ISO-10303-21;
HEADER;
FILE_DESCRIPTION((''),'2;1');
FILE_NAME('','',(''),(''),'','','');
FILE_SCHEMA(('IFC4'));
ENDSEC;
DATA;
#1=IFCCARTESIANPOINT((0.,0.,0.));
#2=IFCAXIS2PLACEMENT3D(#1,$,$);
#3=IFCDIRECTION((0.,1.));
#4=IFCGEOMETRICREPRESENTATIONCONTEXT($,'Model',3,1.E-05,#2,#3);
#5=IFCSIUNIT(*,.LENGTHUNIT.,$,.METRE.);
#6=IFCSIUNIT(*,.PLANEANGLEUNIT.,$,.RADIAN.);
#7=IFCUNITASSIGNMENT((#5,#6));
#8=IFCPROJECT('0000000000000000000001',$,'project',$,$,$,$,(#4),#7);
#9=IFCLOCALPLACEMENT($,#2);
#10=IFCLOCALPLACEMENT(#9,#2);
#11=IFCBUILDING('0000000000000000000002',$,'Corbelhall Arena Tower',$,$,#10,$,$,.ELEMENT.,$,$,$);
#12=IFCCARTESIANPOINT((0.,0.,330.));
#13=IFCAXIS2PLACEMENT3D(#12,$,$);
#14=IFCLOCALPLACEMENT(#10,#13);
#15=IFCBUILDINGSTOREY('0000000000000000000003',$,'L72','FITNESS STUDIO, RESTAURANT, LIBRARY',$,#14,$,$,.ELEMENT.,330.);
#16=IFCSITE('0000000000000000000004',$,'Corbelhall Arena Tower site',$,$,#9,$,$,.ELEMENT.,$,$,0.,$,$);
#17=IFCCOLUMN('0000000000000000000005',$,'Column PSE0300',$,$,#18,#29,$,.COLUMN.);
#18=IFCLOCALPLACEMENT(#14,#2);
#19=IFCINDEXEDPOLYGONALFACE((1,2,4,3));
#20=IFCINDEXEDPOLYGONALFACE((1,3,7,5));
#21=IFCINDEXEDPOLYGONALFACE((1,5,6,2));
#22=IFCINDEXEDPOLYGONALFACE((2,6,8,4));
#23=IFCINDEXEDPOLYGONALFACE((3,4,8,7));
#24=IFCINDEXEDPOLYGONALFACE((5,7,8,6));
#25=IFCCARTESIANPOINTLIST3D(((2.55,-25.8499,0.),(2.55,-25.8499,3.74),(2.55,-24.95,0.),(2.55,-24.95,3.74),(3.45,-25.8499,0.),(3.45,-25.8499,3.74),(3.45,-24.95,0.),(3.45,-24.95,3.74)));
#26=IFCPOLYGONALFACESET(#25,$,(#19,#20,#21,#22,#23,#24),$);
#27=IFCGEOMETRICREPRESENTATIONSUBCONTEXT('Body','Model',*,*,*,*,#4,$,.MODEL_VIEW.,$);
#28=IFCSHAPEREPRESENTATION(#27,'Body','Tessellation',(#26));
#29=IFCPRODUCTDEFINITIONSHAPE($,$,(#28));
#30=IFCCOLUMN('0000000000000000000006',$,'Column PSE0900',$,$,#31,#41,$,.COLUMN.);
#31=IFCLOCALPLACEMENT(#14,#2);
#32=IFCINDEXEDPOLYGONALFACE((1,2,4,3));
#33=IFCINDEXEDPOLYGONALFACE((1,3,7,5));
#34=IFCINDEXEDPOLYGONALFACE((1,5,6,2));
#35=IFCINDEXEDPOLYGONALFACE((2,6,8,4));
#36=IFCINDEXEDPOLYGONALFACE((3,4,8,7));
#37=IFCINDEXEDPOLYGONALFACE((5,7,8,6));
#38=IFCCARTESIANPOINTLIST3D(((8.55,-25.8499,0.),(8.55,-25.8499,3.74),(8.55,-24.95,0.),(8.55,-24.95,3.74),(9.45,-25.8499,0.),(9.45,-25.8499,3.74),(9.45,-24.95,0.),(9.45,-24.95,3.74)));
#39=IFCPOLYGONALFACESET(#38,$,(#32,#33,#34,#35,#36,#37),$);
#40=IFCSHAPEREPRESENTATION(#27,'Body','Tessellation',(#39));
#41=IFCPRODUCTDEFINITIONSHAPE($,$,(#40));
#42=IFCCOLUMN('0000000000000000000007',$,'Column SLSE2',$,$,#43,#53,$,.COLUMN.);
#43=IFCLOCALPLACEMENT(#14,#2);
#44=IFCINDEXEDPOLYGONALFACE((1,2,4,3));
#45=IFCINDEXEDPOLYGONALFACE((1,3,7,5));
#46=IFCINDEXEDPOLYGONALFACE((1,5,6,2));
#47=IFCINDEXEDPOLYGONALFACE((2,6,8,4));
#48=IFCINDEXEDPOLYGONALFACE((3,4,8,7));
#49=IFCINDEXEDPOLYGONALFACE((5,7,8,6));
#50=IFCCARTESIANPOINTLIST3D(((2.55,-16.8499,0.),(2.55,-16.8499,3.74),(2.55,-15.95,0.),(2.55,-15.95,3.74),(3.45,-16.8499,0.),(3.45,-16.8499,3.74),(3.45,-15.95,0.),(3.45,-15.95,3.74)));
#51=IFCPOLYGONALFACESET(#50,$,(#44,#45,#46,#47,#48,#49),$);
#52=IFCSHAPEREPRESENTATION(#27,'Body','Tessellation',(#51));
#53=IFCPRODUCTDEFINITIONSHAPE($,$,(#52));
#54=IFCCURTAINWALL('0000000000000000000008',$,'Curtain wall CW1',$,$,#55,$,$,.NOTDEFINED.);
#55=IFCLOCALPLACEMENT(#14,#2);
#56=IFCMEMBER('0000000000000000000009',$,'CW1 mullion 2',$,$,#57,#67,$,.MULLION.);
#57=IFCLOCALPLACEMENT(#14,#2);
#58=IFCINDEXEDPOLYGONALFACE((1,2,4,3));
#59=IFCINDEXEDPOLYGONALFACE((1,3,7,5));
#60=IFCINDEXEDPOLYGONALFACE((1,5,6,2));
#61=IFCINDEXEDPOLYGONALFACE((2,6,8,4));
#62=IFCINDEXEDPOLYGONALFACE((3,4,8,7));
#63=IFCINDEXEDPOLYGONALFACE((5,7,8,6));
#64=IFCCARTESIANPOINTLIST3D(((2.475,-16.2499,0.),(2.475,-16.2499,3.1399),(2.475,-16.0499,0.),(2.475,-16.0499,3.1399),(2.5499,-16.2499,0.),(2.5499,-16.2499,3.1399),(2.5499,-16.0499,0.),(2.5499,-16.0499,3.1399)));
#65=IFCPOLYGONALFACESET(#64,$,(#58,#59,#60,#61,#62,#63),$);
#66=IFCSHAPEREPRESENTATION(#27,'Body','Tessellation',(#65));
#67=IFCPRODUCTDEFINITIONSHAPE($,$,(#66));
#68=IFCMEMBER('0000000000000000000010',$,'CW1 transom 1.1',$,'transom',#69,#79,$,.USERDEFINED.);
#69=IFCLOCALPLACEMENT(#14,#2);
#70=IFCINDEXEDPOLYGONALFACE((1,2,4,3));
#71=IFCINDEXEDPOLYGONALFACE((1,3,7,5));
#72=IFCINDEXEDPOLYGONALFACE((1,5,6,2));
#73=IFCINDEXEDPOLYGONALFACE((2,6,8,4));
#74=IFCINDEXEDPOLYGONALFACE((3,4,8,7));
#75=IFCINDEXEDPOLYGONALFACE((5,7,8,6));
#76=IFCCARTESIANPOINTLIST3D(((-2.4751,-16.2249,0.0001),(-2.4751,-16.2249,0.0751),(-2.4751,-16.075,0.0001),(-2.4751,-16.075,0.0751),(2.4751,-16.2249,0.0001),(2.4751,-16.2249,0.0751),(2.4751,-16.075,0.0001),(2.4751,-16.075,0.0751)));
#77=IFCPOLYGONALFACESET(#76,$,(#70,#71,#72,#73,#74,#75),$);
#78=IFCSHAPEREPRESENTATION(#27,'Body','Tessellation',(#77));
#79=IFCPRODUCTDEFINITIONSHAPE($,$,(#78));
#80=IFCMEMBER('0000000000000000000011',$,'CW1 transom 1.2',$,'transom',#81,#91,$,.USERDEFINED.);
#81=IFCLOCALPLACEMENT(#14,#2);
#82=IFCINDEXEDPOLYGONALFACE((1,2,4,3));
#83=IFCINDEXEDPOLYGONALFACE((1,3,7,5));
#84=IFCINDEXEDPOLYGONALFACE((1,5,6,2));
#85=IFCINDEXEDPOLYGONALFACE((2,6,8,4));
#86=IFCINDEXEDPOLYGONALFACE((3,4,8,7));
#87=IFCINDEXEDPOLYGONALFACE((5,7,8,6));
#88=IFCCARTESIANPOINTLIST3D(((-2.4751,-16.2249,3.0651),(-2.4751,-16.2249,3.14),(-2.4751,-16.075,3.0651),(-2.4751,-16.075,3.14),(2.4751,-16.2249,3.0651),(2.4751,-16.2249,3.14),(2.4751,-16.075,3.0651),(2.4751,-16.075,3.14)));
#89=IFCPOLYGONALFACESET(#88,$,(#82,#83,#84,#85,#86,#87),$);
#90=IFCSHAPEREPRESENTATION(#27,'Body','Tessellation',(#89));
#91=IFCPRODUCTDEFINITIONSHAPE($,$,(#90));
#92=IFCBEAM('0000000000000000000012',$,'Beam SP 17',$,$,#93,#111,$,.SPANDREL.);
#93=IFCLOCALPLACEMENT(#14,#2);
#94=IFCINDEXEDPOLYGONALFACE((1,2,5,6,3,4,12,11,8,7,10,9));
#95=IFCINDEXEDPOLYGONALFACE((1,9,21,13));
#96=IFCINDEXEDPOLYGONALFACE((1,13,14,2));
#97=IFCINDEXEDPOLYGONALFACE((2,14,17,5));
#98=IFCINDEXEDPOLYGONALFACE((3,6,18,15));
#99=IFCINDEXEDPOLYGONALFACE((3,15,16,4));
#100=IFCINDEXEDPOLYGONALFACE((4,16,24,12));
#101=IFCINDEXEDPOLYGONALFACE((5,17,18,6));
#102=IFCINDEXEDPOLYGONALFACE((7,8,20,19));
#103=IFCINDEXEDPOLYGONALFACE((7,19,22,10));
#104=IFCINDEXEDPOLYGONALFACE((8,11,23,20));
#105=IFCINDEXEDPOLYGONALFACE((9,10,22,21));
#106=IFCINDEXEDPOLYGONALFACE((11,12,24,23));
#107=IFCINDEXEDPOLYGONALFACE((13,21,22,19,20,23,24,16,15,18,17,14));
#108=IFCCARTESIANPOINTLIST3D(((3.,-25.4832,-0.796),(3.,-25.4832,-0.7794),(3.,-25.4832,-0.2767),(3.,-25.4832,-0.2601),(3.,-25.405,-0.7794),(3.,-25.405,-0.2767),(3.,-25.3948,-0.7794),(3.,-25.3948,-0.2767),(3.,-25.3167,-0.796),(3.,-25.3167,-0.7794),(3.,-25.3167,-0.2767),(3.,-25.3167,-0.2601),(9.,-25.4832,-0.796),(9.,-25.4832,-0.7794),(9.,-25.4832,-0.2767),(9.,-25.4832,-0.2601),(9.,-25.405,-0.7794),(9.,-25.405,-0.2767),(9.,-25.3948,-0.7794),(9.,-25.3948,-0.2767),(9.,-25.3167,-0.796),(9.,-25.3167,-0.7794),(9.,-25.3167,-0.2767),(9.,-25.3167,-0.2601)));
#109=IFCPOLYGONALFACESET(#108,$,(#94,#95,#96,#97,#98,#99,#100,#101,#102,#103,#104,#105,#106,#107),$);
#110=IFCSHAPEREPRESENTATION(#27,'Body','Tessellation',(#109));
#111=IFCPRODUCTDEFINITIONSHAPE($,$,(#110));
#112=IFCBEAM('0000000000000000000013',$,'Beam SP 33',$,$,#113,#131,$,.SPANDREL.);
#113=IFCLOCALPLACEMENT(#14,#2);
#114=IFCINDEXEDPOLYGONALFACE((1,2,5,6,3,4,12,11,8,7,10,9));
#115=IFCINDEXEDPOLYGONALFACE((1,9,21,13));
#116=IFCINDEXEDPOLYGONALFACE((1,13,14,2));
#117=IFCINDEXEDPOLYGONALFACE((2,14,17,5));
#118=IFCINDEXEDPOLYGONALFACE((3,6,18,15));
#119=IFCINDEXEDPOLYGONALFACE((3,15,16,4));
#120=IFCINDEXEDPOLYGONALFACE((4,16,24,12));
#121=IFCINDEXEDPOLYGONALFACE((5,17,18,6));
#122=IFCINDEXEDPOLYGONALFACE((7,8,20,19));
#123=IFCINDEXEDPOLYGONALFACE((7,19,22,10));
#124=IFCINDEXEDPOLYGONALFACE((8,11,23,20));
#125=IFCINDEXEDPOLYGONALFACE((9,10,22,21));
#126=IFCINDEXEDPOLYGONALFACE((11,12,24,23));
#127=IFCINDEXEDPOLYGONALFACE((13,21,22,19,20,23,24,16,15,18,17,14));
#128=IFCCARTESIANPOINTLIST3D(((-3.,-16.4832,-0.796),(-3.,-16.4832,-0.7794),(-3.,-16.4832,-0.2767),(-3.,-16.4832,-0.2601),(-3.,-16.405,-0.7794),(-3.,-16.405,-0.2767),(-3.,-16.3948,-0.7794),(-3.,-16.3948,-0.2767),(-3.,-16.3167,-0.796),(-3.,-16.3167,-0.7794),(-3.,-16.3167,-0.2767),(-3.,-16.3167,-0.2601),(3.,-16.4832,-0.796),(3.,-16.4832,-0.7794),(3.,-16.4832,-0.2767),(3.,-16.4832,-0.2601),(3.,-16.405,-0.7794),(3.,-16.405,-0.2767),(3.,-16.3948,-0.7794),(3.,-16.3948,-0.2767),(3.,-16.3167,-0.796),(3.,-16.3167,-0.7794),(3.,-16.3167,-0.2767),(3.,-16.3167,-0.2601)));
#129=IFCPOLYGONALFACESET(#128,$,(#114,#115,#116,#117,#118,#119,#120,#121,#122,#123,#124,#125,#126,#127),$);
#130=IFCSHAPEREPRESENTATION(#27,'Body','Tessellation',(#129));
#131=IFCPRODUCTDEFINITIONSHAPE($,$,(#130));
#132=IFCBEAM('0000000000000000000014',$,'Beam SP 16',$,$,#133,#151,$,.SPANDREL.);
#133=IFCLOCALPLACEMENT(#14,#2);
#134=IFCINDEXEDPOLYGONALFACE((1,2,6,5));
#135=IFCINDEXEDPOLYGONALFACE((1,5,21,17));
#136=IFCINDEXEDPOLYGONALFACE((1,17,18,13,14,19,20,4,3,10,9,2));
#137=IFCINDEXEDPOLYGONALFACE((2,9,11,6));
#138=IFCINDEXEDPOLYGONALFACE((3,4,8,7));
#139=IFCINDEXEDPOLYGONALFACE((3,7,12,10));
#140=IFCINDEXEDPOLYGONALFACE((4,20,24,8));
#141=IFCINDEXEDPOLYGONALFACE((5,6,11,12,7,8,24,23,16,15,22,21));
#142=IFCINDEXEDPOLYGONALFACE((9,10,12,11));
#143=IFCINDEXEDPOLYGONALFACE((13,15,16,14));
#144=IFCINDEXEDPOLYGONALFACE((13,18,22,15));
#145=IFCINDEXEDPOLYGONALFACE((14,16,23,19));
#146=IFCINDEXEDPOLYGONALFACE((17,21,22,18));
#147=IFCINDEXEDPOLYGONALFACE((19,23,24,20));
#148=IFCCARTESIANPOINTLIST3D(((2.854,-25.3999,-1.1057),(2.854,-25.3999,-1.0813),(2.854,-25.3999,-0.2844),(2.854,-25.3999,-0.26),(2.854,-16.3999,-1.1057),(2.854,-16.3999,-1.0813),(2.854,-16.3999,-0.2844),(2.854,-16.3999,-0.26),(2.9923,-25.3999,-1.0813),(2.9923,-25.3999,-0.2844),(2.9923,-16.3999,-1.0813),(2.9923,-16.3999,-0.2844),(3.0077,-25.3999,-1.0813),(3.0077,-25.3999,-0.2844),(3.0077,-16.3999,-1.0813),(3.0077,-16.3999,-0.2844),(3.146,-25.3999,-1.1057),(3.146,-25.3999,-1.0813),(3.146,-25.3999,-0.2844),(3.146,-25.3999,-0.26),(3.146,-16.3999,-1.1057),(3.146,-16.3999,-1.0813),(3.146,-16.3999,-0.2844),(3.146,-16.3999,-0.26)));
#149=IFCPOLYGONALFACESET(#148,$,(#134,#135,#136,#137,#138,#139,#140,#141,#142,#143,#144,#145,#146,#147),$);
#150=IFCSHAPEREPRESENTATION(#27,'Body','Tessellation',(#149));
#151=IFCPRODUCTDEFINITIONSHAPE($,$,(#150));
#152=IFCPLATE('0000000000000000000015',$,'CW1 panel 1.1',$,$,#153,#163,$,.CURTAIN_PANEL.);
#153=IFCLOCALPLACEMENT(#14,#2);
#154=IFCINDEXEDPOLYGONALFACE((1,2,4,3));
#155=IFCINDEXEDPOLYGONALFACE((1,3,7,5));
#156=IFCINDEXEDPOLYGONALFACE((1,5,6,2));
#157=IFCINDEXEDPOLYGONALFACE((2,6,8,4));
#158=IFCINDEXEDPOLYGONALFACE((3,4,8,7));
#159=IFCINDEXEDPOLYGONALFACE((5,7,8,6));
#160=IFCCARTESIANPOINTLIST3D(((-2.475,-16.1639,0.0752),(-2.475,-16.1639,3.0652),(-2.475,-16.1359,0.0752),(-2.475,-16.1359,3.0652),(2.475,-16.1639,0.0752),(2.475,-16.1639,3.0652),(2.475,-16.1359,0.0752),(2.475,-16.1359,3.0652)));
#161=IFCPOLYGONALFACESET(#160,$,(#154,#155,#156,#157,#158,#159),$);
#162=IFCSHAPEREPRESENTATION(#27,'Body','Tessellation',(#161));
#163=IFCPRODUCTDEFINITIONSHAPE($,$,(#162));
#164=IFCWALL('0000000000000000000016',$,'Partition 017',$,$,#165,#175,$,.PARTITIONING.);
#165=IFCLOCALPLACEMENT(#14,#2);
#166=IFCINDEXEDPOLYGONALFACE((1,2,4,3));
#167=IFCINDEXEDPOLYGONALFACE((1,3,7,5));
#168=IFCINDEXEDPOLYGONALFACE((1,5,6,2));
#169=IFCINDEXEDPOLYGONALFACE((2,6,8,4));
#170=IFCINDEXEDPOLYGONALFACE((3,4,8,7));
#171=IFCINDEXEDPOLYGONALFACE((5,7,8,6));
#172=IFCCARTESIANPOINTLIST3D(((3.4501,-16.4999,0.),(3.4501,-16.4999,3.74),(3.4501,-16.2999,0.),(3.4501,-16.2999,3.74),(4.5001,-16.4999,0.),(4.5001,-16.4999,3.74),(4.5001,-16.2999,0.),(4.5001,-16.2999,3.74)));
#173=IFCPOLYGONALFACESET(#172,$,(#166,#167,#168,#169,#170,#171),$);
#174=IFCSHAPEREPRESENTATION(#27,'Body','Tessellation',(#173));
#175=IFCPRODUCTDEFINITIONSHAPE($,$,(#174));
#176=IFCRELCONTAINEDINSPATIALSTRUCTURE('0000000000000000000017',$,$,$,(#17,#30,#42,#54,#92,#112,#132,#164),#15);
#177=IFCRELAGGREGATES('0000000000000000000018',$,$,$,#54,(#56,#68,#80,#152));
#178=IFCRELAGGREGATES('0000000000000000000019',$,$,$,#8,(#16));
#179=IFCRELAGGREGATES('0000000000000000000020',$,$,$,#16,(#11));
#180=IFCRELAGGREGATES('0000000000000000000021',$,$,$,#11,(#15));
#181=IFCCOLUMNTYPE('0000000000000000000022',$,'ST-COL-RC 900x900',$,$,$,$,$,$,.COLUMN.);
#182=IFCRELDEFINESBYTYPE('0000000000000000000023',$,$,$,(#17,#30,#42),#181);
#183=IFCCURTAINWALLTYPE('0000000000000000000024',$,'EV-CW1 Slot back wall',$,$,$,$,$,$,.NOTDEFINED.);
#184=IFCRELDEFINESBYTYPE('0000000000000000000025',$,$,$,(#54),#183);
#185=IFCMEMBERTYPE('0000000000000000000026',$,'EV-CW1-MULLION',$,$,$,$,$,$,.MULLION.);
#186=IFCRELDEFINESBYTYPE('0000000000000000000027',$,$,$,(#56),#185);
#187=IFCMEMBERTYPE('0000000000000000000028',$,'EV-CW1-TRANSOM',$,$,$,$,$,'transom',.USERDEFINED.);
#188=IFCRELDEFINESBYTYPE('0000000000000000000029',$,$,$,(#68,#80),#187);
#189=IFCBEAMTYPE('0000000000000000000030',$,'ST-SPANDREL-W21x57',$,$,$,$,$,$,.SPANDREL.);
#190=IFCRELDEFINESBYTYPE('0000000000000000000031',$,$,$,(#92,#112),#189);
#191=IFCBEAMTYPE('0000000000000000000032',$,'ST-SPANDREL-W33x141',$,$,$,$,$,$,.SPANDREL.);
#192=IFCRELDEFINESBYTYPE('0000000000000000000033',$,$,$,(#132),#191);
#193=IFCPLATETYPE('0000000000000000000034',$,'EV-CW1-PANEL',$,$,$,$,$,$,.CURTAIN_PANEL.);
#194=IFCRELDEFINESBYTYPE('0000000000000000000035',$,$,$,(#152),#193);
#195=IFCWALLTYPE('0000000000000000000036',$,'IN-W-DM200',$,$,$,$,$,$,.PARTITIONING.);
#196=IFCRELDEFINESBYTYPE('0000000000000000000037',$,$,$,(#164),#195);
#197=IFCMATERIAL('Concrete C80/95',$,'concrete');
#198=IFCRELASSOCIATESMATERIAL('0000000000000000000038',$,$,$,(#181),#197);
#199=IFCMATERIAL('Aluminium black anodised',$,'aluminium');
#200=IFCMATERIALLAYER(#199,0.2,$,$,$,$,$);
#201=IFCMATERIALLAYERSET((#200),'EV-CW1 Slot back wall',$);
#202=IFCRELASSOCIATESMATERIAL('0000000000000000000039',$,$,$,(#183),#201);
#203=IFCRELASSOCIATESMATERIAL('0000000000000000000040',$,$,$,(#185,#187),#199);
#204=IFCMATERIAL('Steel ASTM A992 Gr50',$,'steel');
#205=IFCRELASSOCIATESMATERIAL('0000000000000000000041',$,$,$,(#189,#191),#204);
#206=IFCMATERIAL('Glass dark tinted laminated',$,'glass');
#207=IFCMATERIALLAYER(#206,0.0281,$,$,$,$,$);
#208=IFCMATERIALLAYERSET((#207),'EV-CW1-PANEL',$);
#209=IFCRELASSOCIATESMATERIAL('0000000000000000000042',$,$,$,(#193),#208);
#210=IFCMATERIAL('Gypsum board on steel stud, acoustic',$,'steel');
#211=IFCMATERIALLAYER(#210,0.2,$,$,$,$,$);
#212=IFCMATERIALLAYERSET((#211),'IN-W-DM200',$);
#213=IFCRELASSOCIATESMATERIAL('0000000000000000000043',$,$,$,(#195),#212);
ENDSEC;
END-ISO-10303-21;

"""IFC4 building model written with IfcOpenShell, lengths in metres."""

from ifc_helpers import new_model, si_unit, direction, frame, frame_2d, origin, origin_2d, place, context, subcontext, project, spatial, rectangle, i_section, extrude, material, layer, layer_set, material_profile, profile_set, type_object, element, aggregate, save


model = new_model("IFC4")

# Units and contexts
model_context = context("Model", 3, precision=1e-05, world=origin(), true_north=direction((0.0, 1.0)))
body_context = subcontext(model_context, "Body", "Model", "MODEL_VIEW")
ifc_project = project(units=[si_unit("LENGTHUNIT", "METRE"), si_unit("PLANEANGLEUNIT", "RADIAN")], contexts=[model_context])

# Site, building, storey
site_placement = place(None, origin())
site = spatial("IfcSite", under=ifc_project, at=site_placement, Name="Corbelhall Arena Tower site", CompositionType="ELEMENT", RefElevation=0.0)
building_placement = place(site_placement, origin())
building = spatial("IfcBuilding", under=site, at=building_placement, Name="Corbelhall Arena Tower", CompositionType="ELEMENT")
storey_placement = place(building_placement, frame((0.0, 0.0, 330.0)))
storey = spatial("IfcBuildingStorey", under=building, at=storey_placement, Name="L72", Description="FITNESS STUDIO, RESTAURANT, LIBRARY", CompositionType="ELEMENT", Elevation=330.0)

# Columns
ifc_material_1 = material(Name="Concrete C80/95", Category="concrete")
ifc_material_profile_1 = material_profile(ifc_material_1, rectangle(XDim=0.8999, YDim=0.8999, at=origin_2d()))
ifc_profile_set_1 = profile_set([ifc_material_profile_1], Name="Concrete C80/95")
column_type = type_object("IfcColumnType", Name="ST-COL-RC 900x900", PredefinedType="COLUMN", material=ifc_profile_set_1)
for number, where, z_axis, x_axis, name in (
    (1, (3.0, -25.3999, 0.0), (0.0, 0.0, 1.0), (1.0, 0.0, 0.0), "Column PSE0300"),
    (2, (9.0, -25.3999, 0.0), (0.0, 0.0, 1.0), (1.0, 0.0, 0.0), "Column PSE0900"),
    (3, (3.0, -16.3999, 0.0), (0.0, 0.0, 1.0), (1.0, 0.0, 0.0), "Column SLSE2"),
):
    element("IfcColumn", number, at=place(storey_placement, frame(where, z_axis=z_axis, x_axis=x_axis)), inside=storey, type_object=column_type, Name=name, PredefinedType="COLUMN", context=body_context, shape_type="SweptSolid", body=[
        extrude(rectangle(XDim=0.8999, YDim=0.8999, at=origin_2d()), origin(), (0.0, 0.0, 1.0), 3.74),
    ])

# Curtain wall, members
ifc_material_2 = material(Name="Aluminium black anodised", Category="aluminium")
ifc_layer_1 = layer(ifc_material_2, 0.2)
ifc_layer_set_1 = layer_set([ifc_layer_1], Name="EV-CW1 Slot back wall")
curtain_wall_type = type_object("IfcCurtainWallType", Name="EV-CW1 Slot back wall", PredefinedType="NOTDEFINED", material=ifc_layer_set_1)
curtain_wall_placement = place(storey_placement, origin())
curtain_wall = element("IfcCurtainWall", 4, at=curtain_wall_placement, inside=storey, type_object=curtain_wall_type, Name="Curtain wall CW1", PredefinedType="NOTDEFINED")
ifc_material_profile_2 = material_profile(ifc_material_2, rectangle(XDim=0.2, YDim=0.075, at=origin_2d()))
ifc_profile_set_2 = profile_set([ifc_material_profile_2], Name="Aluminium black anodised")
member_type_1 = type_object("IfcMemberType", Name="EV-CW1-MULLION", PredefinedType="MULLION", material=ifc_profile_set_2)
member_1_placement = place(storey_placement, frame((2.5125, -16.1499, 0.0), z_axis=(0.0, 0.0, 1.0), x_axis=(0.0, 1.0, 0.0)))
member_1 = element("IfcMember", 5, at=member_1_placement, type_object=member_type_1, Name="CW1 mullion 2", PredefinedType="MULLION", context=body_context, shape_type="SweptSolid", body=[
    extrude(rectangle(XDim=0.2, YDim=0.075, at=origin_2d()), origin(), (0.0, 0.0, 1.0), 3.1399),
])
ifc_material_profile_3 = material_profile(ifc_material_2, rectangle(XDim=0.1499, YDim=0.075, at=origin_2d()))
ifc_profile_set_3 = profile_set([ifc_material_profile_3], Name="Aluminium black anodised")
member_type_2 = type_object("IfcMemberType", Name="EV-CW1-TRANSOM", ElementType="transom", PredefinedType="USERDEFINED", material=ifc_profile_set_3)
member_2_placement = place(storey_placement, frame((-2.4751, -16.1499, 0.0376), z_axis=(1.0, 0.0, 0.0), x_axis=(0.0, 1.0, 0.0)))
member_2 = element("IfcMember", 6, at=member_2_placement, type_object=member_type_2, Name="CW1 transom 1.1", ObjectType="transom", PredefinedType="USERDEFINED", context=body_context, shape_type="SweptSolid", body=[
    extrude(rectangle(XDim=0.1499, YDim=0.075, at=origin_2d()), origin(), (0.0, 0.0, 1.0), 4.9502),
])
member_3_placement = place(storey_placement, frame((-2.4751, -16.1499, 3.1025), z_axis=(1.0, 0.0, 0.0), x_axis=(0.0, 1.0, 0.0)))
member_3 = element("IfcMember", 7, at=member_3_placement, type_object=member_type_2, Name="CW1 transom 1.2", ObjectType="transom", PredefinedType="USERDEFINED", context=body_context, shape_type="SweptSolid", body=[
    extrude(rectangle(XDim=0.1499, YDim=0.075, at=origin_2d()), origin(), (0.0, 0.0, 1.0), 4.9502),
])

# Beams
ifc_material_3 = material(Name="Steel ASTM A992 Gr50", Category="steel")
ifc_material_profile_4 = material_profile(ifc_material_3, i_section(OverallWidth=0.1665, OverallDepth=0.5359, WebThickness=0.0103, FlangeThickness=0.0166, at=origin_2d()))
ifc_profile_set_4 = profile_set([ifc_material_profile_4], Name="Steel ASTM A992 Gr50")
beam_type_1 = type_object("IfcBeamType", Name="ST-SPANDREL-W21x57", PredefinedType="SPANDREL", material=ifc_profile_set_4)
for number, where, z_axis, x_axis, name in (
    (8, (9.0, -25.3999, -0.5281), (-1.0, 0.0, 0.0), (0.0, -1.0, 0.0), "Beam SP 17"),
    (9, (3.0, -16.3999, -0.5281), (-1.0, 0.0, 0.0), (0.0, -1.0, 0.0), "Beam SP 33"),
):
    element("IfcBeam", number, at=place(storey_placement, frame(where, z_axis=z_axis, x_axis=x_axis)), inside=storey, type_object=beam_type_1, Name=name, PredefinedType="SPANDREL", context=body_context, shape_type="SweptSolid", body=[
        extrude(i_section(OverallWidth=0.1665, OverallDepth=0.5359, WebThickness=0.0103, FlangeThickness=0.0166, at=origin_2d()), origin(), (0.0, 0.0, 1.0), 6.0),
    ])
ifc_material_profile_5 = material_profile(ifc_material_3, i_section(OverallWidth=0.292, OverallDepth=0.8457, WebThickness=0.0154, FlangeThickness=0.0244, at=origin_2d()))
ifc_profile_set_5 = profile_set([ifc_material_profile_5], Name="Steel ASTM A992 Gr50")
beam_type_2 = type_object("IfcBeamType", Name="ST-SPANDREL-W33x141", PredefinedType="SPANDREL", material=ifc_profile_set_5)
beam_placement = place(storey_placement, frame((3.0, -25.3999, -0.6829), z_axis=(0.0, 1.0, 0.0), x_axis=(-1.0, 0.0, 0.0)))
element("IfcBeam", 10, at=beam_placement, inside=storey, type_object=beam_type_2, Name="Beam SP 16", PredefinedType="SPANDREL", context=body_context, shape_type="SweptSolid", body=[
    extrude(i_section(OverallWidth=0.292, OverallDepth=0.8457, WebThickness=0.0154, FlangeThickness=0.0244, at=origin_2d()), origin(), (0.0, 0.0, 1.0), 9.0),
])

# Plate
ifc_material_4 = material(Name="Glass dark tinted laminated", Category="glass")
ifc_layer_2 = layer(ifc_material_4, 0.0281)
ifc_layer_set_2 = layer_set([ifc_layer_2], Name="EV-CW1-PANEL")
plate_type = type_object("IfcPlateType", Name="EV-CW1-PANEL", PredefinedType="CURTAIN_PANEL", material=ifc_layer_set_2)
plate_placement = place(storey_placement, frame((0.0, -16.1499, 0.0752), z_axis=(0.0, 0.0, 1.0), x_axis=(1.0, 0.0, 0.0)))
plate = element("IfcPlate", 11, at=plate_placement, type_object=plate_type, Name="CW1 panel 1.1", PredefinedType="CURTAIN_PANEL", context=body_context, shape_type="SweptSolid", body=[
    extrude(rectangle(XDim=4.95, YDim=0.0281, at=origin_2d()), origin(), (0.0, 0.0, 1.0), 2.99),
])
aggregate(curtain_wall, [member_1, member_2, member_3, plate])

# Wall
ifc_material_5 = material(Name="Gypsum board on steel stud, acoustic", Category="steel")
ifc_layer_3 = layer(ifc_material_5, 0.2)
ifc_layer_set_3 = layer_set([ifc_layer_3], Name="IN-W-DM200")
wall_type_1 = type_object("IfcWallType", Name="IN-W-DM200", PredefinedType="PARTITIONING", material=ifc_layer_set_3)
wall_1_placement = place(storey_placement, frame((4.5, -16.3999, 0.0), z_axis=(0.0, 0.0, 1.0), x_axis=(-1.0, 0.0, 0.0)))
element("IfcWall", 12, at=wall_1_placement, inside=storey, type_object=wall_type_1, Name="Partition 017", PredefinedType="PARTITIONING", context=body_context, shape_type="SweptSolid", body=[
    extrude(rectangle(XDim=1.05, YDim=0.2, at=frame_2d((0.5249, 0.0))), origin(), (0.0, 0.0, 1.0), 3.74),
])

save(model, "model.ifc")
